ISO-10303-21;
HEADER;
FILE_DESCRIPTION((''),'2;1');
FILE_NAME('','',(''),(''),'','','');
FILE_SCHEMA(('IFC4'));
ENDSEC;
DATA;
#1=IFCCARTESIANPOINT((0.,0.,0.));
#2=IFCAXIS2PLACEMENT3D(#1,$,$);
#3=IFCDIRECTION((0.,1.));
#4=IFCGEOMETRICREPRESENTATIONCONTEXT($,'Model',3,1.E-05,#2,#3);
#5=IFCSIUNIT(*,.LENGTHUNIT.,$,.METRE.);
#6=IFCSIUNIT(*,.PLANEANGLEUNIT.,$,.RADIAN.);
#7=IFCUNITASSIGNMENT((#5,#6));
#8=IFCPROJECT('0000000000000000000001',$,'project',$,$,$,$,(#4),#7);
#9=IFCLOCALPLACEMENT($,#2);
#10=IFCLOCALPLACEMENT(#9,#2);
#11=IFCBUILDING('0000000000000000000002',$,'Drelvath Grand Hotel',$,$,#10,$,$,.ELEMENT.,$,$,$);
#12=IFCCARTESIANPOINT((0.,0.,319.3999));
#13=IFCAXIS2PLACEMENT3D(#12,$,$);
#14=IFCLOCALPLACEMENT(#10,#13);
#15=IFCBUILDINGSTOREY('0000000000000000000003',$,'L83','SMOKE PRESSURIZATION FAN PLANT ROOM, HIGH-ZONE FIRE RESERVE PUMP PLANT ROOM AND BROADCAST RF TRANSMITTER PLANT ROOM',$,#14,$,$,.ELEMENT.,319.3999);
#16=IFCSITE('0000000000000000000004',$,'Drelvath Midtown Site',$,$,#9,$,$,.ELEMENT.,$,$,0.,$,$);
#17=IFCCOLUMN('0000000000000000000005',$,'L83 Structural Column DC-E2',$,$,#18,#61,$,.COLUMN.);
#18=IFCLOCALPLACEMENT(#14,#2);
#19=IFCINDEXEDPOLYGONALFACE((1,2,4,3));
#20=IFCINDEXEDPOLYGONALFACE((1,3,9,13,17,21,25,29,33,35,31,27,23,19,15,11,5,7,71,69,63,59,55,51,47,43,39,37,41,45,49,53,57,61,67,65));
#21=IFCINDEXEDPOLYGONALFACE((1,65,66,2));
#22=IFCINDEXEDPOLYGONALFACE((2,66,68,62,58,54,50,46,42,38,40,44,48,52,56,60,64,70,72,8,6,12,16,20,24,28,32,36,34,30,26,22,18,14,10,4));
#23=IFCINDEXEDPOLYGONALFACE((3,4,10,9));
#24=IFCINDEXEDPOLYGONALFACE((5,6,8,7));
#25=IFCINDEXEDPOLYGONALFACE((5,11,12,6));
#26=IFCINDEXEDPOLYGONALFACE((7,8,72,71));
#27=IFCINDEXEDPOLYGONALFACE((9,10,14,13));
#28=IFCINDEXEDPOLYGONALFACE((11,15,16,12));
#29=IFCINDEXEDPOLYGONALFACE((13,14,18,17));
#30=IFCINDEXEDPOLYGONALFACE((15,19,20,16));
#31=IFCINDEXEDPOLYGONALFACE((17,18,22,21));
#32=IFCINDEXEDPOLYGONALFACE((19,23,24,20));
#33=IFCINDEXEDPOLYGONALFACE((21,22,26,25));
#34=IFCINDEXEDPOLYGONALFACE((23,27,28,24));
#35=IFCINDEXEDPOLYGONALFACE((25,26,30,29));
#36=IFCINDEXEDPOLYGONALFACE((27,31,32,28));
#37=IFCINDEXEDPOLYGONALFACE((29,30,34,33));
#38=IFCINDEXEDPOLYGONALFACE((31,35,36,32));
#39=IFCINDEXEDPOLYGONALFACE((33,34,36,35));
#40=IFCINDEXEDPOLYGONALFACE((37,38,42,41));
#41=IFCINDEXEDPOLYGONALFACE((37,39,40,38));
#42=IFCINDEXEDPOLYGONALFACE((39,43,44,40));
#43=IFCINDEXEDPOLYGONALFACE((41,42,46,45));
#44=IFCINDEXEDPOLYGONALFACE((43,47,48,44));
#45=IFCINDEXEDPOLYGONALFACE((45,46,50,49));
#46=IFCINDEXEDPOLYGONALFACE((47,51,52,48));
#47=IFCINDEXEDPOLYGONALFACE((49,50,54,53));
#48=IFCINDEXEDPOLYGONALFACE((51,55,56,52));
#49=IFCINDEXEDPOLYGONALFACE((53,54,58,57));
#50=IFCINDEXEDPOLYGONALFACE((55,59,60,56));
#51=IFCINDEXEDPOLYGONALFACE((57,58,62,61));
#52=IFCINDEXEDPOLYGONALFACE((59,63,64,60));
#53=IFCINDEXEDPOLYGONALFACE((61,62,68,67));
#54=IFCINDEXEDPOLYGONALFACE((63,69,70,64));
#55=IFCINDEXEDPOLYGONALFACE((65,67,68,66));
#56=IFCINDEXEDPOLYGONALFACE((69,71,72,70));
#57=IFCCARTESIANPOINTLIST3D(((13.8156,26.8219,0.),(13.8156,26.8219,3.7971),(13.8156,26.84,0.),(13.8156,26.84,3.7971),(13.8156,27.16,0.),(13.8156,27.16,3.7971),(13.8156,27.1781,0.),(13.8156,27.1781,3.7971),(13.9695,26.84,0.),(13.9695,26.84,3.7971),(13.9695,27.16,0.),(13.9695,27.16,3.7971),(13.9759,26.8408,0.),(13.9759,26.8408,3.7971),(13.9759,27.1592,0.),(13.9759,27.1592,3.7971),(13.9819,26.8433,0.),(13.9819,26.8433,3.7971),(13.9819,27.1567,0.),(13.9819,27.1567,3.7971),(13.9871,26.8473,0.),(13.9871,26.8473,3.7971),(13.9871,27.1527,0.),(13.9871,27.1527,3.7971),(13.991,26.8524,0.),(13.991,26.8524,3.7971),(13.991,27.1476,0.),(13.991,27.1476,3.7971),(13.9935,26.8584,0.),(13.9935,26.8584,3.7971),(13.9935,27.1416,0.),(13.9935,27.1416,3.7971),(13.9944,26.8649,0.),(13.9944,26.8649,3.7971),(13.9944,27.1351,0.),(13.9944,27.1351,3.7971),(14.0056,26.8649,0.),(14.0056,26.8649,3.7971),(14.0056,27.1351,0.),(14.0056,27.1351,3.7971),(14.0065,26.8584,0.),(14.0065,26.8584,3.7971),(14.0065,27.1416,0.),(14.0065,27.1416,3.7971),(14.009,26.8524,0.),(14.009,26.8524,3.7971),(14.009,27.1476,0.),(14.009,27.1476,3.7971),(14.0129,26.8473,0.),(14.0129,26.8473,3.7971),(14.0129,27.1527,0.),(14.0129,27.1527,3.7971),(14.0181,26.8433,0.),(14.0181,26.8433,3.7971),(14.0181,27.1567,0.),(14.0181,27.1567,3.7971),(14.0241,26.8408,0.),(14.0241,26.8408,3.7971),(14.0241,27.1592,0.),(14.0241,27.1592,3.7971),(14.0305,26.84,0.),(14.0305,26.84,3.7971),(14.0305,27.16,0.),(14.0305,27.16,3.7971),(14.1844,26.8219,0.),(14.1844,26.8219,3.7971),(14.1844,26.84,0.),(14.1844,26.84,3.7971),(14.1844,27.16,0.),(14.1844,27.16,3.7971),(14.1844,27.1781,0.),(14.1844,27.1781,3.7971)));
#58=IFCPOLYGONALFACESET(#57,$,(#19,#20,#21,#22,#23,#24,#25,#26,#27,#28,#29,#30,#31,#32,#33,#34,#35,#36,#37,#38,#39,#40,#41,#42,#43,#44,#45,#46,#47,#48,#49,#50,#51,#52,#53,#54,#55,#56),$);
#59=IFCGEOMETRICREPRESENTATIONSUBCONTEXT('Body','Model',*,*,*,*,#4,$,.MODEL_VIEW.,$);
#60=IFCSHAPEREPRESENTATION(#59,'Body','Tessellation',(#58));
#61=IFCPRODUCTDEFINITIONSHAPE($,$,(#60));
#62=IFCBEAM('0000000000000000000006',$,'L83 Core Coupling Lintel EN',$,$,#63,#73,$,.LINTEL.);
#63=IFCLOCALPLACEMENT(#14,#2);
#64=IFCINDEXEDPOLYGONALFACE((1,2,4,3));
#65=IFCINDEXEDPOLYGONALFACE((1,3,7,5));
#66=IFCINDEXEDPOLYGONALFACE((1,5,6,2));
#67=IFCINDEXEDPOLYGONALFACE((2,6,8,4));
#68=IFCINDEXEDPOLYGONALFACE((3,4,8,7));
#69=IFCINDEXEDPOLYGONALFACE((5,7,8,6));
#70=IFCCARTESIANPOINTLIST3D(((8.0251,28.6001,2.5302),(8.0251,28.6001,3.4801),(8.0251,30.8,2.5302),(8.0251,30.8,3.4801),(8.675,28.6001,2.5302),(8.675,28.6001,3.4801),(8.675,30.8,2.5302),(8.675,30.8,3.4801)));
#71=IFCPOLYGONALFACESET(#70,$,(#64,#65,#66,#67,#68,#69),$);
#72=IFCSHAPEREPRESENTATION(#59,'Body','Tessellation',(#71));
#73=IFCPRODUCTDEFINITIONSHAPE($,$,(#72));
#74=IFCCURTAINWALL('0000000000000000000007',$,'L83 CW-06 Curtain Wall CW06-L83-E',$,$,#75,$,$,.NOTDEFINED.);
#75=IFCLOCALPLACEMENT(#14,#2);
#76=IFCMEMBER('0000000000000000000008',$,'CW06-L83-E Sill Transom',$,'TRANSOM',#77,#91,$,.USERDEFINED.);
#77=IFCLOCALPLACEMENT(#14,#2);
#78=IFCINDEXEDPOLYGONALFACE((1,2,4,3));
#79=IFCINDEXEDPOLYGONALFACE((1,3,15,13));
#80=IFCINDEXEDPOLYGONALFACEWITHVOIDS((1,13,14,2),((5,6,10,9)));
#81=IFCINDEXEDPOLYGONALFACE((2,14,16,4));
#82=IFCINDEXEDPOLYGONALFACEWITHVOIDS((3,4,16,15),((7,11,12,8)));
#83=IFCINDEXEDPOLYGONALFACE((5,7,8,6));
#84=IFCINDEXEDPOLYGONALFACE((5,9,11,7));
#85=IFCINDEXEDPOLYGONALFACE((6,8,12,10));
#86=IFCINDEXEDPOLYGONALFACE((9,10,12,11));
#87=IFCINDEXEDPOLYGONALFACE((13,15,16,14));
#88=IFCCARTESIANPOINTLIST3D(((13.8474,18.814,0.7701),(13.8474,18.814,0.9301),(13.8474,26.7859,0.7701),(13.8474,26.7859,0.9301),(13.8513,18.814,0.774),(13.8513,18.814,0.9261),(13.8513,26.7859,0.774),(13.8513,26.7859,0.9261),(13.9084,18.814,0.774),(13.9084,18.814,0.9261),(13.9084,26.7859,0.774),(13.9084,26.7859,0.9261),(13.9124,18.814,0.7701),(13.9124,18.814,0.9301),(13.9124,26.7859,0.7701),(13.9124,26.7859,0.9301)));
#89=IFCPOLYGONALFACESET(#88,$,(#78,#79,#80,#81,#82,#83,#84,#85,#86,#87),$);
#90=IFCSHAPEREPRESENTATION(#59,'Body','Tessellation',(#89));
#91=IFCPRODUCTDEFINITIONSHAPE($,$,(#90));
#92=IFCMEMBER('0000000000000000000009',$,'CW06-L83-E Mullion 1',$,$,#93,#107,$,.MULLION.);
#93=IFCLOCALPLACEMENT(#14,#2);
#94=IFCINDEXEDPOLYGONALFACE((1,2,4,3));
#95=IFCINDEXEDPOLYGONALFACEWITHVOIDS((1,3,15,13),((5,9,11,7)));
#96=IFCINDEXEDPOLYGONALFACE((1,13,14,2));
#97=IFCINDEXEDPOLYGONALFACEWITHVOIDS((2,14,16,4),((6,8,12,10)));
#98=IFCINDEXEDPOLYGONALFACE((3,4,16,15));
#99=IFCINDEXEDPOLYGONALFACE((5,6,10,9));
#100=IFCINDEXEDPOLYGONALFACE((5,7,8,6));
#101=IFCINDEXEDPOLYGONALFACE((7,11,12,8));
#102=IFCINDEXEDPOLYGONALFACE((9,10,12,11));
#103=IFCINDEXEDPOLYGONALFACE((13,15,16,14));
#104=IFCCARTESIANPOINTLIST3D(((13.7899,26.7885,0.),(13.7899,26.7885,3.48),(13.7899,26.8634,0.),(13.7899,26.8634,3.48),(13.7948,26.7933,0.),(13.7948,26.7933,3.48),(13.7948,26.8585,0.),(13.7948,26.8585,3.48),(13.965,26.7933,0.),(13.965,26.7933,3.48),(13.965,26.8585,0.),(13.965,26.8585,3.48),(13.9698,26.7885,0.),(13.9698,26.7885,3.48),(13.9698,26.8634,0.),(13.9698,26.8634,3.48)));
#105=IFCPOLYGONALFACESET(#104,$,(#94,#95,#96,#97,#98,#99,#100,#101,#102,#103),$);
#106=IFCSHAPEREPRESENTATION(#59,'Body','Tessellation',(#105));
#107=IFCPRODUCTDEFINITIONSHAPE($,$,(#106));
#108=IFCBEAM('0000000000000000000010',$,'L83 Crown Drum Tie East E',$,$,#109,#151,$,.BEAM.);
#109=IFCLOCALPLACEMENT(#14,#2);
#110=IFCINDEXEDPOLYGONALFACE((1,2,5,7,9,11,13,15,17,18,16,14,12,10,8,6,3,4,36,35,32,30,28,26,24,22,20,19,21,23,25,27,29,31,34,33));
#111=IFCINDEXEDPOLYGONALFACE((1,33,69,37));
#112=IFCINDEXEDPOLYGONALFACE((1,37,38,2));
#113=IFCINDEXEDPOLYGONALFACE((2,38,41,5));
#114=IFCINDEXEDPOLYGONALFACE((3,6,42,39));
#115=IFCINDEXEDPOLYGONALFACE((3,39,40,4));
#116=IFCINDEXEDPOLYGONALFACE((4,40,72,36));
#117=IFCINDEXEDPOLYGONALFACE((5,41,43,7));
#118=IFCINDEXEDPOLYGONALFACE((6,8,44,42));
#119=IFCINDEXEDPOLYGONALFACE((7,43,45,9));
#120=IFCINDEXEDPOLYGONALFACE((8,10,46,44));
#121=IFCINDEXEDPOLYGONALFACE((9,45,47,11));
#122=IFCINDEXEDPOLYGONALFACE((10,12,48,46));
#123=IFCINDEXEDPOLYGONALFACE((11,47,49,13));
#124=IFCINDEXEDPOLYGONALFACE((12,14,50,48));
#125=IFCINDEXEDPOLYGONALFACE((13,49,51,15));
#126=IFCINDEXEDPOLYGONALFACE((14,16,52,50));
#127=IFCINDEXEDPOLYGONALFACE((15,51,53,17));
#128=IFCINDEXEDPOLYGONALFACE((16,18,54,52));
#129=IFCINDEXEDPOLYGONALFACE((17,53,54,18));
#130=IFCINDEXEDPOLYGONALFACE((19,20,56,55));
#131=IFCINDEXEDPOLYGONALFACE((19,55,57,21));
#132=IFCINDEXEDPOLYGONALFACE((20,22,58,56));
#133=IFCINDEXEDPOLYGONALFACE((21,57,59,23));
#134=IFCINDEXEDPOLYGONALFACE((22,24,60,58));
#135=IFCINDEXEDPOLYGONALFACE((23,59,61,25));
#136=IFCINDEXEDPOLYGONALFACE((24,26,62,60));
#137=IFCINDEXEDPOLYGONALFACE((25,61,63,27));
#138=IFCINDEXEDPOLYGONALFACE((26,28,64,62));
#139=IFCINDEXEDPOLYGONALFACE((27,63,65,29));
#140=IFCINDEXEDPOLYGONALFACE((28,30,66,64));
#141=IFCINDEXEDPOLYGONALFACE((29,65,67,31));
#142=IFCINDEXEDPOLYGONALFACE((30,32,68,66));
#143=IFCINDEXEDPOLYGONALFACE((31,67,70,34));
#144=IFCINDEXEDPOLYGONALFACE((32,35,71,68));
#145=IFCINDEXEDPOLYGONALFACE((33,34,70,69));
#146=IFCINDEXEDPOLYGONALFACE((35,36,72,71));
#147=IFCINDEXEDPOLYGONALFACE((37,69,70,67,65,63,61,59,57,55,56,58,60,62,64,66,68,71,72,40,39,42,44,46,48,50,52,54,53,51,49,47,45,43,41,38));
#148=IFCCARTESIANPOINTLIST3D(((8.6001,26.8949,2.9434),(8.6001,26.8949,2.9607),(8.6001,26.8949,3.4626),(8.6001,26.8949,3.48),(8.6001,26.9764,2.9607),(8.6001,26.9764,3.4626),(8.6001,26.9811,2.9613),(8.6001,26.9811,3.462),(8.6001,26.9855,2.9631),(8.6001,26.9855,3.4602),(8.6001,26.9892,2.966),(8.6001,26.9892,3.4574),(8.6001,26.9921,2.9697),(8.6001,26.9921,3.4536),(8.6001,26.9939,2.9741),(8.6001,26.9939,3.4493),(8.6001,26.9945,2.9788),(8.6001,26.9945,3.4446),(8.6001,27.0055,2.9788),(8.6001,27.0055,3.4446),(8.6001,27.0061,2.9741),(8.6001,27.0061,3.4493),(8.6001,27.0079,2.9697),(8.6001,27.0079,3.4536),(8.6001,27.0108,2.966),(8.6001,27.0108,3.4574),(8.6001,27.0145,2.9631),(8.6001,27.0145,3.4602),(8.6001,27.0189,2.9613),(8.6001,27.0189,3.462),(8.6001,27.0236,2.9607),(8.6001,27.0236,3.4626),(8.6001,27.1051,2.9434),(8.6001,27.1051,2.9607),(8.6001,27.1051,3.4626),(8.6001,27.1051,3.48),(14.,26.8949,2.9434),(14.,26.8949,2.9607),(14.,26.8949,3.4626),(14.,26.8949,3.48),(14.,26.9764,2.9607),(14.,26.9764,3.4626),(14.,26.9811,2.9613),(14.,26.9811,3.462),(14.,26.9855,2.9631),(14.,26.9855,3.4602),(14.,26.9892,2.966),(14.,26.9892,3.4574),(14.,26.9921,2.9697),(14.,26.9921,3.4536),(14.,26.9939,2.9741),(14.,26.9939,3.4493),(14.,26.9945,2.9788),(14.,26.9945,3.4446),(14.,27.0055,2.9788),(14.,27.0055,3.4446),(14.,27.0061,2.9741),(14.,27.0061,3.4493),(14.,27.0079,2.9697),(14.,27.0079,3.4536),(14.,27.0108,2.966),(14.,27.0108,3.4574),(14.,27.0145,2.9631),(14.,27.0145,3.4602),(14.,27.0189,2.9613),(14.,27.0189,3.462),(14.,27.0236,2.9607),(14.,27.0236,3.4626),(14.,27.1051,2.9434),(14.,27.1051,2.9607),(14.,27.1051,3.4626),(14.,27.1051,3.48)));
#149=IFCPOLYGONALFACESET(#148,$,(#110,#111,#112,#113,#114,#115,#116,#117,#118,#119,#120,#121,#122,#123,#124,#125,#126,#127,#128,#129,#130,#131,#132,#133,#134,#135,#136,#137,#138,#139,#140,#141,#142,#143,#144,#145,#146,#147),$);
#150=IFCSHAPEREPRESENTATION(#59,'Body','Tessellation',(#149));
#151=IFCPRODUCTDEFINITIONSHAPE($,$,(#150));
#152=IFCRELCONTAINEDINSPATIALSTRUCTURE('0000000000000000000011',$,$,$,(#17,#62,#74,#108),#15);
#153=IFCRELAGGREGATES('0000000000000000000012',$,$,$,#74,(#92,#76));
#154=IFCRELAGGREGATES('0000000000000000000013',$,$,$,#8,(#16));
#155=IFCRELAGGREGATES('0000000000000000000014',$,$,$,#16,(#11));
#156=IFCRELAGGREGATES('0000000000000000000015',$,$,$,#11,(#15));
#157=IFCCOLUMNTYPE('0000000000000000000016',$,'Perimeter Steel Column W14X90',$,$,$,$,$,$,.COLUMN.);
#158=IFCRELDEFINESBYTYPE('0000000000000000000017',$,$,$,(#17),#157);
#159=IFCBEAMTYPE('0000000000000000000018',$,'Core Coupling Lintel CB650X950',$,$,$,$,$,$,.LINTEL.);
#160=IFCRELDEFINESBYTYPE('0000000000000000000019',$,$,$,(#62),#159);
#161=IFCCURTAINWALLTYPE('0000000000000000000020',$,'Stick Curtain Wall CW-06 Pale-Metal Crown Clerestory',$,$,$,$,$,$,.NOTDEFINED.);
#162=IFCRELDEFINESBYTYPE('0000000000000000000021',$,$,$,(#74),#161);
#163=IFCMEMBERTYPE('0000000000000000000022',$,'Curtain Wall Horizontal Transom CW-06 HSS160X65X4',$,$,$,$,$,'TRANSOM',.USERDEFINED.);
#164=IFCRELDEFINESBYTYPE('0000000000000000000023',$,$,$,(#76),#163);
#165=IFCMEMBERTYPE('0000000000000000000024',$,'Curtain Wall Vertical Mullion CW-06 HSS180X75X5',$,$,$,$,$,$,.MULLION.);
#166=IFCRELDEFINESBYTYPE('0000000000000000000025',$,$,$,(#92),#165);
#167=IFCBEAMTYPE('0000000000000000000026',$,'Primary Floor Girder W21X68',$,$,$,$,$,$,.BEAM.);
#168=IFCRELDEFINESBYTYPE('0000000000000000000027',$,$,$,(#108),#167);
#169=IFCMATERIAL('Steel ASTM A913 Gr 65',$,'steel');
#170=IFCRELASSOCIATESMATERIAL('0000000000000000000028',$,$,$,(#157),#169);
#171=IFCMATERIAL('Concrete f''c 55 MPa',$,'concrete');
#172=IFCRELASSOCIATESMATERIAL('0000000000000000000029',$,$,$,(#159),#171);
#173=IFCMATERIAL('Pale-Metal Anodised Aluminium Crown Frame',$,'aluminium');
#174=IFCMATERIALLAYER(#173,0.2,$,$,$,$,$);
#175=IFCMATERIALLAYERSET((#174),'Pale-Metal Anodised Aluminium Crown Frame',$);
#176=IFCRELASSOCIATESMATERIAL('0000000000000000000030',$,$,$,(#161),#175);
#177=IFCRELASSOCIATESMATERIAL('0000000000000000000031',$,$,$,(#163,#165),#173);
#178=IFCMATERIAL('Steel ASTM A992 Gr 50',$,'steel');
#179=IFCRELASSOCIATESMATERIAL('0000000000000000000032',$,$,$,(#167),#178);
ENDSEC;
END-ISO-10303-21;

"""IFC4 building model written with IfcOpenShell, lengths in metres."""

from ifc_helpers import new_model, si_unit, direction, frame, origin, origin_2d, place, context, subcontext, project, spatial, rectangle, hollow_rectangle, i_section, extrude, material, layer, layer_set, material_profile, profile_set, type_object, element, aggregate, save


model = new_model("IFC4")

# Units and contexts
model_context = context("Model", 3, precision=1e-05, world=origin(), true_north=direction((0.0, 1.0)))
body_context = subcontext(model_context, "Body", "Model", "MODEL_VIEW")
ifc_project = project(units=[si_unit("LENGTHUNIT", "METRE"), si_unit("PLANEANGLEUNIT", "RADIAN")], contexts=[model_context])

# Site, building, storey
site_placement = place(None, origin())
site = spatial("IfcSite", under=ifc_project, at=site_placement, Name="Drelvath Midtown Site", CompositionType="ELEMENT", RefElevation=0.0)
building_placement = place(site_placement, origin())
building = spatial("IfcBuilding", under=site, at=building_placement, Name="Drelvath Grand Hotel", CompositionType="ELEMENT")
storey_placement = place(building_placement, frame((0.0, 0.0, 319.3999)))
storey = spatial("IfcBuildingStorey", under=building, at=storey_placement, Name="L83", Description="SMOKE PRESSURIZATION FAN PLANT ROOM, HIGH-ZONE FIRE RESERVE PUMP PLANT ROOM AND BROADCAST RF TRANSMITTER PLANT ROOM", CompositionType="ELEMENT", Elevation=319.3999)

# Column
ifc_material_1 = material(Name="Steel ASTM A913 Gr 65", Category="steel")
ifc_material_profile_1 = material_profile(ifc_material_1, i_section(OverallWidth=0.3689, OverallDepth=0.3562, WebThickness=0.0112, FlangeThickness=0.0181, FilletRadius=0.0249, at=origin_2d()), Name="W14X90")
ifc_profile_set_1 = profile_set([ifc_material_profile_1], Name="Steel ASTM A913 Gr 65")
column_type = type_object("IfcColumnType", Name="Perimeter Steel Column W14X90", PredefinedType="COLUMN", material=ifc_profile_set_1)
column_placement = place(storey_placement, frame((14.0, 27.0, 0.0), z_axis=(0.0, 0.0, 1.0), x_axis=(1.0, 0.0, 0.0)))
element("IfcColumn", 1, at=column_placement, inside=storey, type_object=column_type, Name="L83 Structural Column DC-E2", PredefinedType="COLUMN", context=body_context, shape_type="SweptSolid", body=[
    extrude(i_section(OverallWidth=0.3689, OverallDepth=0.3562, WebThickness=0.0112, FlangeThickness=0.0181, FilletRadius=0.0249, at=origin_2d()), origin(), (0.0, 0.0, 1.0), 3.7971),
])

# Beam
ifc_material_2 = material(Name="Concrete f'c 55 MPa", Category="concrete")
ifc_material_profile_2 = material_profile(ifc_material_2, rectangle(XDim=0.6499, YDim=0.95, at=origin_2d()), Name="CB650X950")
ifc_profile_set_2 = profile_set([ifc_material_profile_2], Name="Concrete f'c 55 MPa")
beam_type_1 = type_object("IfcBeamType", Name="Core Coupling Lintel CB650X950", PredefinedType="LINTEL", material=ifc_profile_set_2)
beam_1_placement = place(storey_placement, frame((8.3501, 28.6001, 3.0051), z_axis=(0.0, 1.0, 0.0), x_axis=(-1.0, 0.0, 0.0)))
element("IfcBeam", 2, at=beam_1_placement, inside=storey, type_object=beam_type_1, Name="L83 Core Coupling Lintel EN", PredefinedType="LINTEL", context=body_context, shape_type="SweptSolid", body=[
    extrude(rectangle(XDim=0.6499, YDim=0.95, at=origin_2d()), origin(), (0.0, 0.0, 1.0), 2.2),
])

# Curtain wall, members
ifc_material_3 = material(Name="Pale-Metal Anodised Aluminium Crown Frame", Category="aluminium")
ifc_layer_1 = layer(ifc_material_3, 0.2)
ifc_layer_set_1 = layer_set([ifc_layer_1], Name="Pale-Metal Anodised Aluminium Crown Frame")
curtain_wall_type = type_object("IfcCurtainWallType", Name="Stick Curtain Wall CW-06 Pale-Metal Crown Clerestory", PredefinedType="NOTDEFINED", material=ifc_layer_set_1)
curtain_wall_placement = place(storey_placement, origin())
curtain_wall = element("IfcCurtainWall", 3, at=curtain_wall_placement, inside=storey, type_object=curtain_wall_type, Name="L83 CW-06 Curtain Wall CW06-L83-E", PredefinedType="NOTDEFINED")
ifc_material_profile_3 = material_profile(ifc_material_3, hollow_rectangle(XDim=0.0649, YDim=0.1599, WallThickness=0.0039, at=origin_2d()), Name="HSS160X65X4")
ifc_profile_set_3 = profile_set([ifc_material_profile_3], Name="Pale-Metal Anodised Aluminium Crown Frame")
member_type_1 = type_object("IfcMemberType", Name="Curtain Wall Horizontal Transom CW-06 HSS160X65X4", ElementType="TRANSOM", PredefinedType="USERDEFINED", material=ifc_profile_set_3)
member_1_placement = place(storey_placement, frame((13.8799, 26.7859, 0.8501), z_axis=(0.0, -1.0, 0.0), x_axis=(1.0, 0.0, 0.0)))
member_1 = element("IfcMember", 4, at=member_1_placement, type_object=member_type_1, Name="CW06-L83-E Sill Transom", ObjectType="TRANSOM", PredefinedType="USERDEFINED", context=body_context, shape_type="SweptSolid", body=[
    extrude(hollow_rectangle(XDim=0.0649, YDim=0.1599, WallThickness=0.0039, at=origin_2d()), origin(), (0.0, 0.0, 1.0), 7.9719),
])
ifc_material_profile_4 = material_profile(ifc_material_3, hollow_rectangle(XDim=0.075, YDim=0.1799, WallThickness=0.0049, at=origin_2d()), Name="HSS180X75X5")
ifc_profile_set_4 = profile_set([ifc_material_profile_4], Name="Pale-Metal Anodised Aluminium Crown Frame")
member_type_2 = type_object("IfcMemberType", Name="Curtain Wall Vertical Mullion CW-06 HSS180X75X5", PredefinedType="MULLION", material=ifc_profile_set_4)
member_2_placement = place(storey_placement, frame((13.8799, 26.8259, 0.0), z_axis=(0.0, 0.0, 1.0), x_axis=(0.0, 1.0, 0.0)))
member_2 = element("IfcMember", 5, at=member_2_placement, type_object=member_type_2, Name="CW06-L83-E Mullion 1", PredefinedType="MULLION", context=body_context, shape_type="SweptSolid", body=[
    extrude(hollow_rectangle(XDim=0.075, YDim=0.1799, WallThickness=0.0049, at=origin_2d()), origin(), (0.0, 0.0, 1.0), 3.48),
])
aggregate(curtain_wall, [member_2, member_1])

# Beam
ifc_material_4 = material(Name="Steel ASTM A992 Gr 50", Category="steel")
ifc_material_profile_5 = material_profile(ifc_material_4, i_section(OverallWidth=0.2102, OverallDepth=0.5366, WebThickness=0.011, FlangeThickness=0.0173, FilletRadius=0.0181, at=origin_2d()), Name="W21X68")
ifc_profile_set_5 = profile_set([ifc_material_profile_5], Name="Steel ASTM A992 Gr 50")
beam_type_2 = type_object("IfcBeamType", Name="Primary Floor Girder W21X68", PredefinedType="BEAM", material=ifc_profile_set_5)
beam_2_placement = place(storey_placement, frame((8.6001, 27.0, 3.2117), z_axis=(1.0, 0.0, 0.0), x_axis=(0.0, 1.0, 0.0)))
element("IfcBeam", 6, at=beam_2_placement, inside=storey, type_object=beam_type_2, Name="L83 Crown Drum Tie East E", PredefinedType="BEAM", context=body_context, shape_type="SweptSolid", body=[
    extrude(i_section(OverallWidth=0.2102, OverallDepth=0.5366, WebThickness=0.011, FlangeThickness=0.0173, FilletRadius=0.0181, at=origin_2d()), origin(), (0.0, 0.0, 1.0), 5.3999),
])

save(model, "model.ifc")
